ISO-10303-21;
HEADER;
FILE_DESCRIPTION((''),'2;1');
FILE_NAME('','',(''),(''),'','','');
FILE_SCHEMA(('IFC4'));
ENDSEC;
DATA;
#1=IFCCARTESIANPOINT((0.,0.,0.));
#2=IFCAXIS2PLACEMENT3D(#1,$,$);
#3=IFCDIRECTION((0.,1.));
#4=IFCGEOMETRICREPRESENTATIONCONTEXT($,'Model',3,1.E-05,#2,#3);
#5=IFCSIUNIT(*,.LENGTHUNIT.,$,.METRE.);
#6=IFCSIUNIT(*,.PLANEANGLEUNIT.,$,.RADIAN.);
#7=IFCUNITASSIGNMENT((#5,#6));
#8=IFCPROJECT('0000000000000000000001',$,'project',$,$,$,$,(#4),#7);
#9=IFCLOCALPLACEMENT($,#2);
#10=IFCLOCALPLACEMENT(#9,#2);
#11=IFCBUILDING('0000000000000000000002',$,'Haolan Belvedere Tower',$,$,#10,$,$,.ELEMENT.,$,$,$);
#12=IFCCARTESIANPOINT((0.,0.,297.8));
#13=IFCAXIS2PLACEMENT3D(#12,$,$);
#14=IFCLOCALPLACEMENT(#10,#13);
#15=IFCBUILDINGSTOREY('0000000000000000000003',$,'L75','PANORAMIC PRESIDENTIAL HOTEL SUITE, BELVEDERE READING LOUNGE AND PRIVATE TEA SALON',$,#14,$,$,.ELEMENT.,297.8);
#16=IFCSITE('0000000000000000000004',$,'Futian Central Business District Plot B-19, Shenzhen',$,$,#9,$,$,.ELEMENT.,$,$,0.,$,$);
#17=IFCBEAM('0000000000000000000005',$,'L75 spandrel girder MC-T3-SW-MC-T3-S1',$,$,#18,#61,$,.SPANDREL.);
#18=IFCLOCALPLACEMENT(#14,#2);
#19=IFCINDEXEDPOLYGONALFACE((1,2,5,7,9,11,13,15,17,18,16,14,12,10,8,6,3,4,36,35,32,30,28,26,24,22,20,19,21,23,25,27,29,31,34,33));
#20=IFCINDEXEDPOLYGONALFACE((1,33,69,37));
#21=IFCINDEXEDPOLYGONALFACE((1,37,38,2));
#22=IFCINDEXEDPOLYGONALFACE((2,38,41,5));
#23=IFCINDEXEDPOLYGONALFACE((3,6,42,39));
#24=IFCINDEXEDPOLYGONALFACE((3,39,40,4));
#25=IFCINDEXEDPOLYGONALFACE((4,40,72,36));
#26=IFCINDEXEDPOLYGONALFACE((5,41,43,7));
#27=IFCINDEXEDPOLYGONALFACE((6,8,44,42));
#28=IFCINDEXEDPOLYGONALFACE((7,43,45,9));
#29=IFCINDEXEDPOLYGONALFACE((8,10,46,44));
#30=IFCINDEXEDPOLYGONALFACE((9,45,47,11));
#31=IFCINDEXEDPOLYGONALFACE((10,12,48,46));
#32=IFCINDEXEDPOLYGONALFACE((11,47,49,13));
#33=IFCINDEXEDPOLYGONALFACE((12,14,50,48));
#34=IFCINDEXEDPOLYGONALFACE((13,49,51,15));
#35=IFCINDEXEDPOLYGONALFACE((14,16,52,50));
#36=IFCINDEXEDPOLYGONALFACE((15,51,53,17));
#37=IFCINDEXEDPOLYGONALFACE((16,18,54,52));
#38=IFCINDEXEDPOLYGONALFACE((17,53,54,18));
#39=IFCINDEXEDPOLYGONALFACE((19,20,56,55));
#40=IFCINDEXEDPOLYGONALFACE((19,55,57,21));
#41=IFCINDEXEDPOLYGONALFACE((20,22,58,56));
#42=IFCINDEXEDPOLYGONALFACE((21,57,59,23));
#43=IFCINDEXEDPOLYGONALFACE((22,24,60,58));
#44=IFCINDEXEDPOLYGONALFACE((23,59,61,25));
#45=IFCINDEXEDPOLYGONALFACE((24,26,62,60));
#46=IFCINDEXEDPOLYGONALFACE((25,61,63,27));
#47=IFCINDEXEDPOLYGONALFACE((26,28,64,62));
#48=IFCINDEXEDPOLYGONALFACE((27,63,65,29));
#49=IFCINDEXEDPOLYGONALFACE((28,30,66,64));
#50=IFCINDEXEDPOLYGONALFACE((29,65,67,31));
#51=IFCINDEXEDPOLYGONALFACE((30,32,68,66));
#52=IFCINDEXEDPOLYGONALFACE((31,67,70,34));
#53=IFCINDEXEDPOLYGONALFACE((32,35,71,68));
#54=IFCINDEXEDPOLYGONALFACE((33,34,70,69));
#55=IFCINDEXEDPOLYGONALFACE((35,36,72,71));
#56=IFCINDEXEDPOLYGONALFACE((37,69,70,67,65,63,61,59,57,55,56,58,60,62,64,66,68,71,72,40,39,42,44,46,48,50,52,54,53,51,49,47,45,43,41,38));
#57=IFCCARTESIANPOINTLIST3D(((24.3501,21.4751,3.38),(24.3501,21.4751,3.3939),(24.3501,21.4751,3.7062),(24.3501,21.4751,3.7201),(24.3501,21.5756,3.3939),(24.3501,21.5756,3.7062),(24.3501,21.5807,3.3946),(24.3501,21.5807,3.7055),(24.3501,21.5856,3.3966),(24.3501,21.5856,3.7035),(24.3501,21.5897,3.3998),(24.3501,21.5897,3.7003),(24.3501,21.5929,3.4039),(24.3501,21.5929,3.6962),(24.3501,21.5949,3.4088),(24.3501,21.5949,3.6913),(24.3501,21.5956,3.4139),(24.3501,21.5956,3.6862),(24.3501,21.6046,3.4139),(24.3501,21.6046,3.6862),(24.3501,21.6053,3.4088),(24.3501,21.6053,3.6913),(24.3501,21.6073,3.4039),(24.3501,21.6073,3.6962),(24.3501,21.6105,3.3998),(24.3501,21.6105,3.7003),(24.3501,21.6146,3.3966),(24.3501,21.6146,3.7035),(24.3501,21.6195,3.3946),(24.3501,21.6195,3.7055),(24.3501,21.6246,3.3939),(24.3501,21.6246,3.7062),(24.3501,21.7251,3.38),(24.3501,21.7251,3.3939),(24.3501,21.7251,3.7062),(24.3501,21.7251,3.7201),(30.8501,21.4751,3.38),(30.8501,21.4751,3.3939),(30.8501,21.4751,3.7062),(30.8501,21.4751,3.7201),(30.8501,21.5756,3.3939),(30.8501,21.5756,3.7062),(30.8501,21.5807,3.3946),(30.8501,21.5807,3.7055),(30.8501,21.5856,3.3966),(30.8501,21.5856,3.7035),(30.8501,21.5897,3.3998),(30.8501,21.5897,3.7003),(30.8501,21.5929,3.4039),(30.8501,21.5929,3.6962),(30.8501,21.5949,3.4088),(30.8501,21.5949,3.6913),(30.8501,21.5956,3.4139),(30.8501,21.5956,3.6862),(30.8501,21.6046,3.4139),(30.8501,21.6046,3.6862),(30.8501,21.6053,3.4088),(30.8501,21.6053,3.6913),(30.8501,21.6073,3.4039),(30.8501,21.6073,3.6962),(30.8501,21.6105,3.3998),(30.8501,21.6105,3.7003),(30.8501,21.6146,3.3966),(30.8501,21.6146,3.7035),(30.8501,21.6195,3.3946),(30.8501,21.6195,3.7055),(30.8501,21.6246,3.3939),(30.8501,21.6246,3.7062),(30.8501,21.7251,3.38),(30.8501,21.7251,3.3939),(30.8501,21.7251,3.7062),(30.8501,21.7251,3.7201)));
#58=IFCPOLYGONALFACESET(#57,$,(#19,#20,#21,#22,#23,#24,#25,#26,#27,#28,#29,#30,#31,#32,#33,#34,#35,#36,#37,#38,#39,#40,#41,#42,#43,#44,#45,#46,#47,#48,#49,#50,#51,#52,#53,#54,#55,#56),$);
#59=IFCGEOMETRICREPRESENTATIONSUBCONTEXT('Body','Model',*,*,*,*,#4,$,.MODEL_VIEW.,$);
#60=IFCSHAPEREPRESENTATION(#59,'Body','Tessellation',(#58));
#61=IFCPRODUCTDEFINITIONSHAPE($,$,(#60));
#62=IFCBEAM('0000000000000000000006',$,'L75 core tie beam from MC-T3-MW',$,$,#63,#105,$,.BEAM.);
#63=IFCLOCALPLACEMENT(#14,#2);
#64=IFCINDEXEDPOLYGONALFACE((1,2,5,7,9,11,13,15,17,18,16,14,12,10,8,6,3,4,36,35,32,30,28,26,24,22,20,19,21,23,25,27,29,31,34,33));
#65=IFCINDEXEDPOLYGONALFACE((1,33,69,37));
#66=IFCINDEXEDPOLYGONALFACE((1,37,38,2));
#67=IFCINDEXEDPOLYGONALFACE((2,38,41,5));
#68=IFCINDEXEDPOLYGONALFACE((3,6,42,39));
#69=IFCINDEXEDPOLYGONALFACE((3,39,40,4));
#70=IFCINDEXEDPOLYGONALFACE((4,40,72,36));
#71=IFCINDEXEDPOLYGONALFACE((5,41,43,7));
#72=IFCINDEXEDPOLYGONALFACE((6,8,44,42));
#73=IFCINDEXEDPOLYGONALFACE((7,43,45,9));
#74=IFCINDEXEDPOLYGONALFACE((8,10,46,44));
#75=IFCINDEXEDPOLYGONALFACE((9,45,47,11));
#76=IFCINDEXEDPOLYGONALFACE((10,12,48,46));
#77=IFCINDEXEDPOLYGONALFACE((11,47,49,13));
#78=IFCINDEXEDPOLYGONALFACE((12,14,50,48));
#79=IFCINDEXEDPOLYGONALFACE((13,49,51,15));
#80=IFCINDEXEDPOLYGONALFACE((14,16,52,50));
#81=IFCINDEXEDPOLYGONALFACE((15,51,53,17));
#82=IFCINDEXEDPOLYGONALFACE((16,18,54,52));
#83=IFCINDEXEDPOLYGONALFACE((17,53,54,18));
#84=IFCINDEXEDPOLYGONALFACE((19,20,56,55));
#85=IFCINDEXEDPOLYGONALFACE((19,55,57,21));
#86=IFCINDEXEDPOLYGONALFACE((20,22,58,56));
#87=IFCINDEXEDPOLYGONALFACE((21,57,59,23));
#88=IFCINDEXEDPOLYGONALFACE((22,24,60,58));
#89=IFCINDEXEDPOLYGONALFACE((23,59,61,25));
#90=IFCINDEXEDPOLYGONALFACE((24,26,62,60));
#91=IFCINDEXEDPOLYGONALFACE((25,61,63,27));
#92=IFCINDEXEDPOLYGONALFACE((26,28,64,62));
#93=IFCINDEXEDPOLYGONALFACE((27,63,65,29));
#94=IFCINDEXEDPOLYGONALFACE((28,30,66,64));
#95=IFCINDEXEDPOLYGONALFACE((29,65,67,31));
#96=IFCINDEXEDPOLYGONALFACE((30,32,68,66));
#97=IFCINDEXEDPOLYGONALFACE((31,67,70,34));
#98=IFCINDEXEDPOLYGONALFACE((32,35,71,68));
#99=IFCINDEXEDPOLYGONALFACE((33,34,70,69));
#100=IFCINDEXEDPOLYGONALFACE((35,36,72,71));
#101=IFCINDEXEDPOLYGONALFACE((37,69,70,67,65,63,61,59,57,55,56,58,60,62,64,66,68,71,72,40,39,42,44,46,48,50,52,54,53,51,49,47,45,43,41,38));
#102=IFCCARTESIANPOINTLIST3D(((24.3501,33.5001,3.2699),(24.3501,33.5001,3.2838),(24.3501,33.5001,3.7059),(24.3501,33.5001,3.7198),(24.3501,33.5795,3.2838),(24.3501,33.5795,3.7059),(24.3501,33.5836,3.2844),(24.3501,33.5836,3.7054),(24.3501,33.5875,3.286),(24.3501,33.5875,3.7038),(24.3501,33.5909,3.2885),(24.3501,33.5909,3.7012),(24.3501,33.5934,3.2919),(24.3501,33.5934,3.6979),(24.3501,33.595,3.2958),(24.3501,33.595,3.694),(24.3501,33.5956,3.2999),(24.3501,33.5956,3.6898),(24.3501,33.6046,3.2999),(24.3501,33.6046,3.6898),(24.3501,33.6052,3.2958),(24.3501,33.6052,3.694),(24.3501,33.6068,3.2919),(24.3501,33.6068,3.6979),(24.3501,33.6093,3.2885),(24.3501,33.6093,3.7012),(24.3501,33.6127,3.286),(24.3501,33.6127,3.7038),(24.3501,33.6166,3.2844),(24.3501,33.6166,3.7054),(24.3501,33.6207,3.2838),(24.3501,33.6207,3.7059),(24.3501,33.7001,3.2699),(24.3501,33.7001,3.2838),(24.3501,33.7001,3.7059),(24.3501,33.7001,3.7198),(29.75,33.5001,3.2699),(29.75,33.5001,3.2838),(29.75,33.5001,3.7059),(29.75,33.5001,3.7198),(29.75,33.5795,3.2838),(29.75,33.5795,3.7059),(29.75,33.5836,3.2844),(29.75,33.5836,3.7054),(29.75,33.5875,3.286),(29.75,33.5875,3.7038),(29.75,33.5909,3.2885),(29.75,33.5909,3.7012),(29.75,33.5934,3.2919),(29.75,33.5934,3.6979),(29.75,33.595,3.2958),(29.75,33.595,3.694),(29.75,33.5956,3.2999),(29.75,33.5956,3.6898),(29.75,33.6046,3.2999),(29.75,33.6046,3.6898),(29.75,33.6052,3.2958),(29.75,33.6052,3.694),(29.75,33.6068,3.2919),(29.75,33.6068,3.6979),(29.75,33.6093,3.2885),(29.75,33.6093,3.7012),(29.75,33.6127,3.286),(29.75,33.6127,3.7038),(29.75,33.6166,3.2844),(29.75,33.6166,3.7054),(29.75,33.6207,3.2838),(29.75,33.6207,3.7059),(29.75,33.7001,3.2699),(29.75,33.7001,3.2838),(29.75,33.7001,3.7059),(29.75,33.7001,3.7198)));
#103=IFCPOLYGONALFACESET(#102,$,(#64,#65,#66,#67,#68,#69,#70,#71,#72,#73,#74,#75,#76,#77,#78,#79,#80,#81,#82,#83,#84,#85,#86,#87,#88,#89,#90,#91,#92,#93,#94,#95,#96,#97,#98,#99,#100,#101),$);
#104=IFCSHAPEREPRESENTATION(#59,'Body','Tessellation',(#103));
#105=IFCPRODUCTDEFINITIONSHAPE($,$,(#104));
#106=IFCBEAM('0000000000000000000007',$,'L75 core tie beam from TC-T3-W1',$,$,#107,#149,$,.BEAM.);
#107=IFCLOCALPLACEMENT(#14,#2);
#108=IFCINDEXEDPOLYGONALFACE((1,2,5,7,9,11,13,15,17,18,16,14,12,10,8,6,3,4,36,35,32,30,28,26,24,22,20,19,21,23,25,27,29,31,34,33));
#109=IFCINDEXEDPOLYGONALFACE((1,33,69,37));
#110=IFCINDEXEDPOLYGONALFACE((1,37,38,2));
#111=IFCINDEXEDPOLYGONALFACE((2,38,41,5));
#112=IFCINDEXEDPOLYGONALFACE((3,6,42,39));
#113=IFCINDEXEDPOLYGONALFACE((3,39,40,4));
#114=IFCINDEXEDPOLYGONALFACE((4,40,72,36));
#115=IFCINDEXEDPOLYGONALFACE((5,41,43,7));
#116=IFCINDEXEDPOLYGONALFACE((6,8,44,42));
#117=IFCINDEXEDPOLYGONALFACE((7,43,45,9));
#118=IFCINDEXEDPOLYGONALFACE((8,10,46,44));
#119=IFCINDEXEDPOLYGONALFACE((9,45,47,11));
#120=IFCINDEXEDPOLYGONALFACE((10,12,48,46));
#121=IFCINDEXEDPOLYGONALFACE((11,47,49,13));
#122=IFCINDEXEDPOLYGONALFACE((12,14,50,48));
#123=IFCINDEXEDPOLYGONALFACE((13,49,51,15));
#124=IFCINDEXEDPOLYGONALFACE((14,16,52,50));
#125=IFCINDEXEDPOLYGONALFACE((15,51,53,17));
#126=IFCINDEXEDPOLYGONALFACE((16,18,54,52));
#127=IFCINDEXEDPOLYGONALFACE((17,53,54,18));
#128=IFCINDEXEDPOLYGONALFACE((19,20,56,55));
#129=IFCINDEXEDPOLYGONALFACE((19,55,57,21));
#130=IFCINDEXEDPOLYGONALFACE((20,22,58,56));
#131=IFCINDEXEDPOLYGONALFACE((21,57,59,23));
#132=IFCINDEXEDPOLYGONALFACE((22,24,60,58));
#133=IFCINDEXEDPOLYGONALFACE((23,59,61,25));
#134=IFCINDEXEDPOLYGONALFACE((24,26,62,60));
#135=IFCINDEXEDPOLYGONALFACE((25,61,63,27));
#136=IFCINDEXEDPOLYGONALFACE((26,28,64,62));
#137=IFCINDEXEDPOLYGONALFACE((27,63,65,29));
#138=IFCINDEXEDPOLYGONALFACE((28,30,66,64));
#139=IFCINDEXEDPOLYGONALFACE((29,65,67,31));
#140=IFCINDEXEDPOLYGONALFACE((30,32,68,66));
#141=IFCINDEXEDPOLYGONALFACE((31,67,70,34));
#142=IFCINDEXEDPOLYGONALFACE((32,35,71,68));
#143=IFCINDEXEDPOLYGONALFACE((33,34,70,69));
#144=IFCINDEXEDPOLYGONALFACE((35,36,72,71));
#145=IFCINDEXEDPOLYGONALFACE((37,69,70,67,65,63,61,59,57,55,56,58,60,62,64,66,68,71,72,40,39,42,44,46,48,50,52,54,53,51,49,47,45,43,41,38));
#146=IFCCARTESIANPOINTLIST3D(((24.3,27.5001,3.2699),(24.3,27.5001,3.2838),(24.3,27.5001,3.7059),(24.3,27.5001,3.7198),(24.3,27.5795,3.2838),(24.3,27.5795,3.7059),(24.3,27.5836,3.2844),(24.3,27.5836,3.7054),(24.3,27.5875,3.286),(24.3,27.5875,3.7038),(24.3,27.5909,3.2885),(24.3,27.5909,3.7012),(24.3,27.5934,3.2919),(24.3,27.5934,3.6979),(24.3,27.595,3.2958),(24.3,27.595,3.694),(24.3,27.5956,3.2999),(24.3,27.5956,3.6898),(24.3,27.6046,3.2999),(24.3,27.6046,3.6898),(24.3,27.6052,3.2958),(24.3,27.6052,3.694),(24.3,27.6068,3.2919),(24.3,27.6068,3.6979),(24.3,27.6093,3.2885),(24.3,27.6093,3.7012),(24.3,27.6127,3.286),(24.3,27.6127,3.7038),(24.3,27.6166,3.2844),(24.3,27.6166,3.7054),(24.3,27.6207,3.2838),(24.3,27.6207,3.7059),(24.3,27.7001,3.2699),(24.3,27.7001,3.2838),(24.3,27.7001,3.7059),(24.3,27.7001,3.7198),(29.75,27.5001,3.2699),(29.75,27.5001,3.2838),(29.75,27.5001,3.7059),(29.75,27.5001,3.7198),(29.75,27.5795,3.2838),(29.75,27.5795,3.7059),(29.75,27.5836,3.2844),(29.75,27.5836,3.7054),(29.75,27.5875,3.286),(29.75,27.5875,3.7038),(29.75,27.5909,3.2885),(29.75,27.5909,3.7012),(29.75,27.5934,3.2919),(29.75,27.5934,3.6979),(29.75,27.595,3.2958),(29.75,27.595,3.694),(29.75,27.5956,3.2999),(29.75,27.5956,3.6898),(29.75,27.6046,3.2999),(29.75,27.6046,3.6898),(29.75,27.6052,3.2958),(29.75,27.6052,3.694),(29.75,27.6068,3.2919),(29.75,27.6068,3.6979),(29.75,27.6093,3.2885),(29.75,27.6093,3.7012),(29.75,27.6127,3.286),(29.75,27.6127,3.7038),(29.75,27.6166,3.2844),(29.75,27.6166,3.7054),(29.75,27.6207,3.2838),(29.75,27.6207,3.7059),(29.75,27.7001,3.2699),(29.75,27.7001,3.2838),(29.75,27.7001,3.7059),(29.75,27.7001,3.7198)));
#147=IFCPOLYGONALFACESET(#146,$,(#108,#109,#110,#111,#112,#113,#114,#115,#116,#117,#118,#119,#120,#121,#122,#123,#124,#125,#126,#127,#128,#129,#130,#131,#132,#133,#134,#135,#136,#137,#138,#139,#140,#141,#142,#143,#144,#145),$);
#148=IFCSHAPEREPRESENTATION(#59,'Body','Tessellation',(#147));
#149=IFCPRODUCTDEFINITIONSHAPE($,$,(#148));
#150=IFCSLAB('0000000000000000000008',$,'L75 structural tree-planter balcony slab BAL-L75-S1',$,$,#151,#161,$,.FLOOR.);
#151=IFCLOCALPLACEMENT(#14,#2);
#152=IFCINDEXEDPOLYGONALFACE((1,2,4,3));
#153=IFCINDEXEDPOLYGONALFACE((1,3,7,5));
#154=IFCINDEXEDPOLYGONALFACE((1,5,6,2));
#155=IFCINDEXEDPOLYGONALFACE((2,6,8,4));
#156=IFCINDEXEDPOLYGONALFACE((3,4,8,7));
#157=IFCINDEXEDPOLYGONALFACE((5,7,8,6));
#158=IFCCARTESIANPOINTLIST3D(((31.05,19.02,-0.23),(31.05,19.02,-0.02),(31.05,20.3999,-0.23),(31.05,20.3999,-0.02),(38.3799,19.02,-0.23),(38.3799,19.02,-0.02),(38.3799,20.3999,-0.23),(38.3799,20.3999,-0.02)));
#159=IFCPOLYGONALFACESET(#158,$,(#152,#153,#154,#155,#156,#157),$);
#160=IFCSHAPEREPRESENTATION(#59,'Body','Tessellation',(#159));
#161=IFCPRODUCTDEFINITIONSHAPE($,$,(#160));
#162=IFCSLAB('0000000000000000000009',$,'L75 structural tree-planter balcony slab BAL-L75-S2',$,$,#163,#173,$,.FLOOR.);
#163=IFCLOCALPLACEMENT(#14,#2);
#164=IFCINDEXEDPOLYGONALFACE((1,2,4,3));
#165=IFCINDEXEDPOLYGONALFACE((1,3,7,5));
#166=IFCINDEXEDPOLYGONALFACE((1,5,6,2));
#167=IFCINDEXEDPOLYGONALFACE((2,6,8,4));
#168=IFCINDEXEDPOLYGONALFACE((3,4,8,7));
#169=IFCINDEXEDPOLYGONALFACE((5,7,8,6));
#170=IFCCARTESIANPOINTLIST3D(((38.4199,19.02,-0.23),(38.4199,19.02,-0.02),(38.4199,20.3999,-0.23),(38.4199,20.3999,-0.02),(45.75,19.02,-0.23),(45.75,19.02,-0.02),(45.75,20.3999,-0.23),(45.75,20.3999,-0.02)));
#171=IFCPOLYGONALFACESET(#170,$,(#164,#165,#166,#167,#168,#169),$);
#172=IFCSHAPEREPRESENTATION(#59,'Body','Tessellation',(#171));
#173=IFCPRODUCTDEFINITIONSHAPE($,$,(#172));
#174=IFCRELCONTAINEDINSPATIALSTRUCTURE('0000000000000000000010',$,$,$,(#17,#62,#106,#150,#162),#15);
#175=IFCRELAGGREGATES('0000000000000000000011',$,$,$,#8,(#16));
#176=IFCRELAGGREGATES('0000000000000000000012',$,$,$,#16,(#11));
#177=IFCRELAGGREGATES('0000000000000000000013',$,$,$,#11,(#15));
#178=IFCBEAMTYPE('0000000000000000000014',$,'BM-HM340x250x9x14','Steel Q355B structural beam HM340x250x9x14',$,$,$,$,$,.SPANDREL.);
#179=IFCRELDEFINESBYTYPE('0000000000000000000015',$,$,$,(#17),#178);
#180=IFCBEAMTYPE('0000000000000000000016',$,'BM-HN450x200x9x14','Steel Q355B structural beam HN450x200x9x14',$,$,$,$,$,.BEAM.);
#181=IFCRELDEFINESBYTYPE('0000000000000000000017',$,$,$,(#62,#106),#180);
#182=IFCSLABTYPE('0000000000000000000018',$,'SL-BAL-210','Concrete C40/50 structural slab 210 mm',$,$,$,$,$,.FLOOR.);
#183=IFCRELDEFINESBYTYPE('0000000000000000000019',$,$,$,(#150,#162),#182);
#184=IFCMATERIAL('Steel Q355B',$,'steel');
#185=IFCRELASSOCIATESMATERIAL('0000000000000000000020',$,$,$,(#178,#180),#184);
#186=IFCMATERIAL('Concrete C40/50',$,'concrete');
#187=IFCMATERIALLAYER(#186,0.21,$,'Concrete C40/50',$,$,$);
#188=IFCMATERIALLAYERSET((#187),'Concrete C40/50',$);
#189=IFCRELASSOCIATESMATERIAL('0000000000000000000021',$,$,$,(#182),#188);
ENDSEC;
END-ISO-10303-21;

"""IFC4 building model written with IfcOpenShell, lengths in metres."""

from ifc_helpers import new_model, si_unit, direction, frame, origin, origin_2d, place, context, subcontext, project, spatial, polyline, i_section, outline, extrude, material, layer, layer_set, material_profile, profile_set, type_object, element, save


model = new_model("IFC4")

# Units and contexts
model_context = context("Model", 3, precision=1e-05, world=origin(), true_north=direction((0.0, 1.0)))
body_context = subcontext(model_context, "Body", "Model", "MODEL_VIEW")
ifc_project = project(units=[si_unit("LENGTHUNIT", "METRE"), si_unit("PLANEANGLEUNIT", "RADIAN")], contexts=[model_context])

# Site, building, storey
site_placement = place(None, origin())
site = spatial("IfcSite", under=ifc_project, at=site_placement, Name="Futian Central Business District Plot B-19, Shenzhen", CompositionType="ELEMENT", RefElevation=0.0)
building_placement = place(site_placement, origin())
building = spatial("IfcBuilding", under=site, at=building_placement, Name="Haolan Belvedere Tower", CompositionType="ELEMENT")
storey_placement = place(building_placement, frame((0.0, 0.0, 297.8)))
storey = spatial("IfcBuildingStorey", under=building, at=storey_placement, Name="L75", Description="PANORAMIC PRESIDENTIAL HOTEL SUITE, BELVEDERE READING LOUNGE AND PRIVATE TEA SALON", CompositionType="ELEMENT", Elevation=297.8)

# Beams
ifc_material_1 = material(Name="Steel Q355B", Category="steel")
ifc_material_profile_1 = material_profile(ifc_material_1, i_section(OverallWidth=0.25, OverallDepth=0.3401, WebThickness=0.009, FlangeThickness=0.0139, FilletRadius=0.02, at=origin_2d()), Name="Steel Q355B")
ifc_profile_set_1 = profile_set([ifc_material_profile_1], Name="Steel Q355B")
beam_type_1 = type_object("IfcBeamType", Name="BM-HM340x250x9x14", Description="Steel Q355B structural beam HM340x250x9x14", PredefinedType="SPANDREL", material=ifc_profile_set_1)
beam_1_placement = place(storey_placement, frame((24.3501, 21.6001, 3.55), z_axis=(1.0, 0.0, 0.0), x_axis=(0.0, 1.0, 0.0)))
element("IfcBeam", 1, at=beam_1_placement, inside=storey, type_object=beam_type_1, Name="L75 spandrel girder MC-T3-SW-MC-T3-S1", PredefinedType="SPANDREL", context=body_context, shape_type="SweptSolid", body=[
    extrude(i_section(OverallWidth=0.25, OverallDepth=0.3401, WebThickness=0.009, FlangeThickness=0.0139, FilletRadius=0.02, at=origin_2d()), origin(), (0.0, 0.0, 1.0), 6.5),
])
ifc_material_profile_2 = material_profile(ifc_material_1, i_section(OverallWidth=0.2, OverallDepth=0.45, WebThickness=0.009, FlangeThickness=0.0139, FilletRadius=0.0161, at=origin_2d()), Name="Steel Q355B")
ifc_profile_set_2 = profile_set([ifc_material_profile_2], Name="Steel Q355B")
beam_type_2 = type_object("IfcBeamType", Name="BM-HN450x200x9x14", Description="Steel Q355B structural beam HN450x200x9x14", PredefinedType="BEAM", material=ifc_profile_set_2)
beam_2_placement = place(storey_placement, frame((24.3501, 33.6001, 3.4949), z_axis=(1.0, 0.0, 0.0), x_axis=(0.0, 1.0, 0.0)))
element("IfcBeam", 2, at=beam_2_placement, inside=storey, type_object=beam_type_2, Name="L75 core tie beam from MC-T3-MW", PredefinedType="BEAM", context=body_context, shape_type="SweptSolid", body=[
    extrude(i_section(OverallWidth=0.2, OverallDepth=0.45, WebThickness=0.009, FlangeThickness=0.0139, FilletRadius=0.0161, at=origin_2d()), origin(), (0.0, 0.0, 1.0), 5.3999),
])
beam_3_placement = place(storey_placement, frame((24.3, 27.6001, 3.4949), z_axis=(1.0, 0.0, 0.0), x_axis=(0.0, 1.0, 0.0)))
element("IfcBeam", 3, at=beam_3_placement, inside=storey, type_object=beam_type_2, Name="L75 core tie beam from TC-T3-W1", PredefinedType="BEAM", context=body_context, shape_type="SweptSolid", body=[
    extrude(i_section(OverallWidth=0.2, OverallDepth=0.45, WebThickness=0.009, FlangeThickness=0.0139, FilletRadius=0.0161, at=origin_2d()), origin(), (0.0, 0.0, 1.0), 5.45),
])

# Slabs
ifc_material_2 = material(Name="Concrete C40/50", Category="concrete")
ifc_layer_1 = layer(ifc_material_2, 0.21, Name="Concrete C40/50")
ifc_layer_set_1 = layer_set([ifc_layer_1], Name="Concrete C40/50")
slab_type_1 = type_object("IfcSlabType", Name="SL-BAL-210", Description="Concrete C40/50 structural slab 210 mm", PredefinedType="FLOOR", material=ifc_layer_set_1)
slab_1_placement = place(storey_placement, frame((0.0, 0.0, -0.23)))
element("IfcSlab", 4, at=slab_1_placement, inside=storey, type_object=slab_type_1, Name="L75 structural tree-planter balcony slab BAL-L75-S1", PredefinedType="FLOOR", context=body_context, shape_type="SweptSolid", body=[
    extrude(outline(polyline([(31.05, 19.02), (38.3799, 19.02), (38.3799, 20.3999), (31.05, 20.3999), (31.05, 19.02)])), origin(), (0.0, 0.0, 1.0), 0.21),
])
slab_2_placement = place(storey_placement, frame((0.0, 0.0, -0.23)))
element("IfcSlab", 5, at=slab_2_placement, inside=storey, type_object=slab_type_1, Name="L75 structural tree-planter balcony slab BAL-L75-S2", PredefinedType="FLOOR", context=body_context, shape_type="SweptSolid", body=[
    extrude(outline(polyline([(38.4199, 19.02), (45.75, 19.02), (45.75, 20.3999), (38.4199, 20.3999), (38.4199, 19.02)])), origin(), (0.0, 0.0, 1.0), 0.21),
])

save(model, "model.ifc")
